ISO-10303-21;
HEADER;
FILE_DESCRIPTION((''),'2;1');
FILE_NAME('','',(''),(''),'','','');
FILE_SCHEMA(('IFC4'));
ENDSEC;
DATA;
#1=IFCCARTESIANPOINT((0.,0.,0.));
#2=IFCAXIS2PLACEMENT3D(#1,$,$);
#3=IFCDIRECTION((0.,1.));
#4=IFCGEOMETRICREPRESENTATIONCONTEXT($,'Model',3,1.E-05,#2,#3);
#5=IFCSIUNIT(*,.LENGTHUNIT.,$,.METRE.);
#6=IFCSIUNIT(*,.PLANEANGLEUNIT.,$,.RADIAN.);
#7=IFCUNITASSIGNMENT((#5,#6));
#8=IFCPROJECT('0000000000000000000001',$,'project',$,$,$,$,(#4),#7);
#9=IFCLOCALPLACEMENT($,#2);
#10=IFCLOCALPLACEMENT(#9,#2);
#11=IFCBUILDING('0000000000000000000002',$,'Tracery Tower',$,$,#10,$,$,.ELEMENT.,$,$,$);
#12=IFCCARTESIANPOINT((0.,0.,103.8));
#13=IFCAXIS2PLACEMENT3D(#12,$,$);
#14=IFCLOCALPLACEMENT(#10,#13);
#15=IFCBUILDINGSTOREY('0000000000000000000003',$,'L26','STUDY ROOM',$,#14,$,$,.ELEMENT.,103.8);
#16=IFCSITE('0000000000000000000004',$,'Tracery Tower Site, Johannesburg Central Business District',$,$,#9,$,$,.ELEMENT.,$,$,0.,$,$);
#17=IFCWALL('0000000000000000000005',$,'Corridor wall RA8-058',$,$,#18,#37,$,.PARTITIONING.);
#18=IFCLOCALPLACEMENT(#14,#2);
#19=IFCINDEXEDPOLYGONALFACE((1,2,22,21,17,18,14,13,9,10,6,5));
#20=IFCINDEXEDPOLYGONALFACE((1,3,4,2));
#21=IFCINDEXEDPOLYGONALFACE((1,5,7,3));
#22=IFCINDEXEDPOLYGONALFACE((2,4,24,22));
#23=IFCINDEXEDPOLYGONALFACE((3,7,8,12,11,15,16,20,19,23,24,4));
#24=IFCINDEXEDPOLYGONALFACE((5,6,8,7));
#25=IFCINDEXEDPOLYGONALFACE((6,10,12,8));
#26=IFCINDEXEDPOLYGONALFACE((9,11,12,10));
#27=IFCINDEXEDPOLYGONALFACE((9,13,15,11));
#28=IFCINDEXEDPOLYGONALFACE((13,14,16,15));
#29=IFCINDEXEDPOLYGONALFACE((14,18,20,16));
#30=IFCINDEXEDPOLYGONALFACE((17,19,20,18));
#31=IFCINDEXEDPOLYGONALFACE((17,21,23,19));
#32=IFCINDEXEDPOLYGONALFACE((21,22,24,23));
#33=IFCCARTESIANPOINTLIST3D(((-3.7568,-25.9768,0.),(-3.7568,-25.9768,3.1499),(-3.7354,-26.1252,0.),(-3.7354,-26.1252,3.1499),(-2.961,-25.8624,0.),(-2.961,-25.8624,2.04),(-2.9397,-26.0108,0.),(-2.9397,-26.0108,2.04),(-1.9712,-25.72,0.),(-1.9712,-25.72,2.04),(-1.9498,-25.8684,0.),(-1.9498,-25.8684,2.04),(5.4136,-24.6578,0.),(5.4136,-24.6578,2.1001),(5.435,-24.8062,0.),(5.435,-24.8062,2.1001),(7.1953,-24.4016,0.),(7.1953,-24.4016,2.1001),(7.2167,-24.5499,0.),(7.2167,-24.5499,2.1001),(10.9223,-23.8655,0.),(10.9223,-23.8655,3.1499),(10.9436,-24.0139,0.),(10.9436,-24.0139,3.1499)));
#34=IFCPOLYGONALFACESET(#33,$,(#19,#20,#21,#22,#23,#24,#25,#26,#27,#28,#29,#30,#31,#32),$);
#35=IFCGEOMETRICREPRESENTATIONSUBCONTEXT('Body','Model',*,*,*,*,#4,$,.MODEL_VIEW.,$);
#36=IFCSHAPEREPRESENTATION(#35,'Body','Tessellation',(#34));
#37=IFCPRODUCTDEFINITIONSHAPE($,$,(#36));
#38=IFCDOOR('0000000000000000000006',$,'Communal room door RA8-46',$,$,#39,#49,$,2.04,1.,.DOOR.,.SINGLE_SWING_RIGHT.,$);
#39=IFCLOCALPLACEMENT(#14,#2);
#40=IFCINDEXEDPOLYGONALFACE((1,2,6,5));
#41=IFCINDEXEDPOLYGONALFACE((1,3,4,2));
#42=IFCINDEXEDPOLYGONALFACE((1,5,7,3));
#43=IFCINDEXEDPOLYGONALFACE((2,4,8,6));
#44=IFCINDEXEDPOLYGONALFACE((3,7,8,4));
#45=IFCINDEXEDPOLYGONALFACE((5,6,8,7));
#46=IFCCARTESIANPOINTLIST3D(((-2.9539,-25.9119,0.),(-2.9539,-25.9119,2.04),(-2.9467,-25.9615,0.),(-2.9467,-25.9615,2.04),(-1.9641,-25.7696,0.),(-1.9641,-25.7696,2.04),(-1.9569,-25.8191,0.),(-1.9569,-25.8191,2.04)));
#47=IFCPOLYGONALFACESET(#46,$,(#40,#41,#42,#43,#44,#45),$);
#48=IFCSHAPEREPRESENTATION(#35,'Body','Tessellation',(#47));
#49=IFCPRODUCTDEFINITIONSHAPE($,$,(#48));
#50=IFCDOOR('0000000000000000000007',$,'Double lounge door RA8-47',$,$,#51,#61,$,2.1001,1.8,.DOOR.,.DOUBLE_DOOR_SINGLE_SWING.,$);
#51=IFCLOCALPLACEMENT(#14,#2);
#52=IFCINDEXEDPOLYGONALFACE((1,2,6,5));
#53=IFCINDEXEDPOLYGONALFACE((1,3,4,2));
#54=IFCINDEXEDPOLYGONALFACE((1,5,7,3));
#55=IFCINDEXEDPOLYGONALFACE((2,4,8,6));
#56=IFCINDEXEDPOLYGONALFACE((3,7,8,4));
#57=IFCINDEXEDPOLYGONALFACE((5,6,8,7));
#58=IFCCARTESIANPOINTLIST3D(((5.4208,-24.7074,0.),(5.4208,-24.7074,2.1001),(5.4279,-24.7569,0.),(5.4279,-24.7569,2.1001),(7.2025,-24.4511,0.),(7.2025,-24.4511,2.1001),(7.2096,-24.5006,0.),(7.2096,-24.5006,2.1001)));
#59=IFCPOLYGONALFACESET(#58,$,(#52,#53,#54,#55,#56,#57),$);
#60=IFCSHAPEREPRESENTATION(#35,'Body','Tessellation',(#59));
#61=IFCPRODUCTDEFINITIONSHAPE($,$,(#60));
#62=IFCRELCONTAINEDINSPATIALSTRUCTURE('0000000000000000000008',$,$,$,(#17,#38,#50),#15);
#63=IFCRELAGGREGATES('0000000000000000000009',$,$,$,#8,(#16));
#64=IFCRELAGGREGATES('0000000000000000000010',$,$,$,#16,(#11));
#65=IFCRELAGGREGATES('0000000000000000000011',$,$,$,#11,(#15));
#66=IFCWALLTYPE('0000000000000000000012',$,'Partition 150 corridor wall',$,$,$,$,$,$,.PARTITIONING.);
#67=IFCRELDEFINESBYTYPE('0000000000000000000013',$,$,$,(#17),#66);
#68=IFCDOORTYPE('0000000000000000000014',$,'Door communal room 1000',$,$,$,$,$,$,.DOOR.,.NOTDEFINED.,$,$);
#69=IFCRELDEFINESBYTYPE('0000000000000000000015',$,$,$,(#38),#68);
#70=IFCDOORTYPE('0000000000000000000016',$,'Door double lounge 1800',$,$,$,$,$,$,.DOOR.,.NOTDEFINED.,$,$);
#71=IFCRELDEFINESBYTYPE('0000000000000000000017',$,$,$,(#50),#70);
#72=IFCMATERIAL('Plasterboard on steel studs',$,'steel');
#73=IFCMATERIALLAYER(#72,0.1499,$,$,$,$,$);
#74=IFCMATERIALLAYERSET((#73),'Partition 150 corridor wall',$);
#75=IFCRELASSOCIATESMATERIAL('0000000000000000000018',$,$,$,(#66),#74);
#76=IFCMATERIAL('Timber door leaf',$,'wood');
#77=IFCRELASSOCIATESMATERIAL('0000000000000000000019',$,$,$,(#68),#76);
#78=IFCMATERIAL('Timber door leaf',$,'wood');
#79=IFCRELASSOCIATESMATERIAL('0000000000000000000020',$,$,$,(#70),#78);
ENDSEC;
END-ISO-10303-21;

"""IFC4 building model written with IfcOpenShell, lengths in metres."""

from ifc_helpers import new_model, si_unit, direction, frame, frame_2d, origin, place, context, subcontext, project, spatial, rectangle, extrude, material, layer, layer_set, type_object, element, fill, save


model = new_model("IFC4")

# Units and contexts
model_context = context("Model", 3, precision=1e-05, world=origin(), true_north=direction((0.0, 1.0)))
body_context = subcontext(model_context, "Body", "Model", "MODEL_VIEW")
ifc_project = project(units=[si_unit("LENGTHUNIT", "METRE"), si_unit("PLANEANGLEUNIT", "RADIAN")], contexts=[model_context])

# Site, building, storey
site_placement = place(None, origin())
site = spatial("IfcSite", under=ifc_project, at=site_placement, Name="Tracery Tower Site, Johannesburg Central Business District", CompositionType="ELEMENT", RefElevation=0.0)
building_placement = place(site_placement, origin())
building = spatial("IfcBuilding", under=site, at=building_placement, Name="Tracery Tower", CompositionType="ELEMENT")
storey_placement = place(building_placement, frame((0.0, 0.0, 103.8)))
storey = spatial("IfcBuildingStorey", under=building, at=storey_placement, Name="L26", Description="STUDY ROOM", CompositionType="ELEMENT", Elevation=103.8)

# Shared definitions
ifc_material_1 = material(Name="Plasterboard on steel studs", Category="steel")
ifc_layer_1 = layer(ifc_material_1, 0.1499)
ifc_layer_set_1 = layer_set([ifc_layer_1], Name="Partition 150 corridor wall")
wall_type_1 = type_object("IfcWallType", Name="Partition 150 corridor wall", PredefinedType="PARTITIONING", material=ifc_layer_set_1)

# Wall, openings, doors
wall_1_placement = place(storey_placement, frame((-3.7461, -26.051, 0.0), z_axis=(0.0, 0.0, 1.0), x_axis=(0.989814, 0.142369, 0.0)))
wall_1 = element("IfcWall", 1, at=wall_1_placement, inside=storey, type_object=wall_type_1, Name="Corridor wall RA8-058", PredefinedType="PARTITIONING", context=body_context, shape_type="SweptSolid", body=[
    extrude(rectangle(XDim=14.8301, YDim=0.1499, at=frame_2d((7.415, 0.0))), origin(), (0.0, 0.0, 1.0), 3.1499),
])
opening_1_placement = place(wall_1_placement, frame((0.804, 0.0, 0.0)))
opening_1 = element("IfcOpeningElement", 2, at=opening_1_placement, cuts=wall_1, PredefinedType="OPENING", context=body_context, shape_type="SweptSolid", body=[
    extrude(rectangle(XDim=1.0, YDim=2.04, at=frame_2d((0.5, 1.02))), frame((0.0, 0.075, 0.0), z_axis=(0.0, -1.0, 0.0), x_axis=(1.0, 0.0, 0.0)), (0.0, 0.0, 1.0), 0.1499),
])
opening_2_placement = place(wall_1_placement, frame((9.2649, 0.0, 0.0)))
opening_2 = element("IfcOpeningElement", 3, at=opening_2_placement, cuts=wall_1, PredefinedType="OPENING", context=body_context, shape_type="SweptSolid", body=[
    extrude(rectangle(XDim=1.8, YDim=2.1001, at=frame_2d((0.8999, 1.05))), frame((0.0, 0.075, 0.0), z_axis=(0.0, -1.0, 0.0), x_axis=(1.0, 0.0, 0.0)), (0.0, 0.0, 1.0), 0.1499),
])
ifc_material_2 = material(Name="Timber door leaf", Category="wood")
door_type_1 = type_object("IfcDoorType", Name="Door communal room 1000", OperationType="NOTDEFINED", PredefinedType="DOOR", material=ifc_material_2)
door_1_placement = place(opening_1_placement, origin())
door_1 = element("IfcDoor", 4, at=door_1_placement, inside=storey, type_object=door_type_1, Name="Communal room door RA8-46", OperationType="SINGLE_SWING_RIGHT", OverallHeight=2.04, OverallWidth=1.0, PredefinedType="DOOR", context=body_context, shape_type="SweptSolid", body=[
    extrude(rectangle(XDim=1.0, YDim=2.04, at=frame_2d((0.5, 1.02))), frame((0.0, 0.0249, 0.0), z_axis=(0.0, -1.0, 0.0), x_axis=(1.0, 0.0, 0.0)), (0.0, 0.0, 1.0), 0.05),
])
fill(opening_1, door_1)
ifc_material_3 = material(Name="Timber door leaf", Category="wood")
door_type_2 = type_object("IfcDoorType", Name="Door double lounge 1800", OperationType="NOTDEFINED", PredefinedType="DOOR", material=ifc_material_3)
door_2_placement = place(opening_2_placement, origin())
door_2 = element("IfcDoor", 5, at=door_2_placement, inside=storey, type_object=door_type_2, Name="Double lounge door RA8-47", OperationType="DOUBLE_DOOR_SINGLE_SWING", OverallHeight=2.1001, OverallWidth=1.8, PredefinedType="DOOR", context=body_context, shape_type="SweptSolid", body=[
    extrude(rectangle(XDim=1.8, YDim=2.1001, at=frame_2d((0.8999, 1.05))), frame((0.0, 0.0249, 0.0), z_axis=(0.0, -1.0, 0.0), x_axis=(1.0, 0.0, 0.0)), (0.0, 0.0, 1.0), 0.05),
])
fill(opening_2, door_2)

save(model, "model.ifc")
